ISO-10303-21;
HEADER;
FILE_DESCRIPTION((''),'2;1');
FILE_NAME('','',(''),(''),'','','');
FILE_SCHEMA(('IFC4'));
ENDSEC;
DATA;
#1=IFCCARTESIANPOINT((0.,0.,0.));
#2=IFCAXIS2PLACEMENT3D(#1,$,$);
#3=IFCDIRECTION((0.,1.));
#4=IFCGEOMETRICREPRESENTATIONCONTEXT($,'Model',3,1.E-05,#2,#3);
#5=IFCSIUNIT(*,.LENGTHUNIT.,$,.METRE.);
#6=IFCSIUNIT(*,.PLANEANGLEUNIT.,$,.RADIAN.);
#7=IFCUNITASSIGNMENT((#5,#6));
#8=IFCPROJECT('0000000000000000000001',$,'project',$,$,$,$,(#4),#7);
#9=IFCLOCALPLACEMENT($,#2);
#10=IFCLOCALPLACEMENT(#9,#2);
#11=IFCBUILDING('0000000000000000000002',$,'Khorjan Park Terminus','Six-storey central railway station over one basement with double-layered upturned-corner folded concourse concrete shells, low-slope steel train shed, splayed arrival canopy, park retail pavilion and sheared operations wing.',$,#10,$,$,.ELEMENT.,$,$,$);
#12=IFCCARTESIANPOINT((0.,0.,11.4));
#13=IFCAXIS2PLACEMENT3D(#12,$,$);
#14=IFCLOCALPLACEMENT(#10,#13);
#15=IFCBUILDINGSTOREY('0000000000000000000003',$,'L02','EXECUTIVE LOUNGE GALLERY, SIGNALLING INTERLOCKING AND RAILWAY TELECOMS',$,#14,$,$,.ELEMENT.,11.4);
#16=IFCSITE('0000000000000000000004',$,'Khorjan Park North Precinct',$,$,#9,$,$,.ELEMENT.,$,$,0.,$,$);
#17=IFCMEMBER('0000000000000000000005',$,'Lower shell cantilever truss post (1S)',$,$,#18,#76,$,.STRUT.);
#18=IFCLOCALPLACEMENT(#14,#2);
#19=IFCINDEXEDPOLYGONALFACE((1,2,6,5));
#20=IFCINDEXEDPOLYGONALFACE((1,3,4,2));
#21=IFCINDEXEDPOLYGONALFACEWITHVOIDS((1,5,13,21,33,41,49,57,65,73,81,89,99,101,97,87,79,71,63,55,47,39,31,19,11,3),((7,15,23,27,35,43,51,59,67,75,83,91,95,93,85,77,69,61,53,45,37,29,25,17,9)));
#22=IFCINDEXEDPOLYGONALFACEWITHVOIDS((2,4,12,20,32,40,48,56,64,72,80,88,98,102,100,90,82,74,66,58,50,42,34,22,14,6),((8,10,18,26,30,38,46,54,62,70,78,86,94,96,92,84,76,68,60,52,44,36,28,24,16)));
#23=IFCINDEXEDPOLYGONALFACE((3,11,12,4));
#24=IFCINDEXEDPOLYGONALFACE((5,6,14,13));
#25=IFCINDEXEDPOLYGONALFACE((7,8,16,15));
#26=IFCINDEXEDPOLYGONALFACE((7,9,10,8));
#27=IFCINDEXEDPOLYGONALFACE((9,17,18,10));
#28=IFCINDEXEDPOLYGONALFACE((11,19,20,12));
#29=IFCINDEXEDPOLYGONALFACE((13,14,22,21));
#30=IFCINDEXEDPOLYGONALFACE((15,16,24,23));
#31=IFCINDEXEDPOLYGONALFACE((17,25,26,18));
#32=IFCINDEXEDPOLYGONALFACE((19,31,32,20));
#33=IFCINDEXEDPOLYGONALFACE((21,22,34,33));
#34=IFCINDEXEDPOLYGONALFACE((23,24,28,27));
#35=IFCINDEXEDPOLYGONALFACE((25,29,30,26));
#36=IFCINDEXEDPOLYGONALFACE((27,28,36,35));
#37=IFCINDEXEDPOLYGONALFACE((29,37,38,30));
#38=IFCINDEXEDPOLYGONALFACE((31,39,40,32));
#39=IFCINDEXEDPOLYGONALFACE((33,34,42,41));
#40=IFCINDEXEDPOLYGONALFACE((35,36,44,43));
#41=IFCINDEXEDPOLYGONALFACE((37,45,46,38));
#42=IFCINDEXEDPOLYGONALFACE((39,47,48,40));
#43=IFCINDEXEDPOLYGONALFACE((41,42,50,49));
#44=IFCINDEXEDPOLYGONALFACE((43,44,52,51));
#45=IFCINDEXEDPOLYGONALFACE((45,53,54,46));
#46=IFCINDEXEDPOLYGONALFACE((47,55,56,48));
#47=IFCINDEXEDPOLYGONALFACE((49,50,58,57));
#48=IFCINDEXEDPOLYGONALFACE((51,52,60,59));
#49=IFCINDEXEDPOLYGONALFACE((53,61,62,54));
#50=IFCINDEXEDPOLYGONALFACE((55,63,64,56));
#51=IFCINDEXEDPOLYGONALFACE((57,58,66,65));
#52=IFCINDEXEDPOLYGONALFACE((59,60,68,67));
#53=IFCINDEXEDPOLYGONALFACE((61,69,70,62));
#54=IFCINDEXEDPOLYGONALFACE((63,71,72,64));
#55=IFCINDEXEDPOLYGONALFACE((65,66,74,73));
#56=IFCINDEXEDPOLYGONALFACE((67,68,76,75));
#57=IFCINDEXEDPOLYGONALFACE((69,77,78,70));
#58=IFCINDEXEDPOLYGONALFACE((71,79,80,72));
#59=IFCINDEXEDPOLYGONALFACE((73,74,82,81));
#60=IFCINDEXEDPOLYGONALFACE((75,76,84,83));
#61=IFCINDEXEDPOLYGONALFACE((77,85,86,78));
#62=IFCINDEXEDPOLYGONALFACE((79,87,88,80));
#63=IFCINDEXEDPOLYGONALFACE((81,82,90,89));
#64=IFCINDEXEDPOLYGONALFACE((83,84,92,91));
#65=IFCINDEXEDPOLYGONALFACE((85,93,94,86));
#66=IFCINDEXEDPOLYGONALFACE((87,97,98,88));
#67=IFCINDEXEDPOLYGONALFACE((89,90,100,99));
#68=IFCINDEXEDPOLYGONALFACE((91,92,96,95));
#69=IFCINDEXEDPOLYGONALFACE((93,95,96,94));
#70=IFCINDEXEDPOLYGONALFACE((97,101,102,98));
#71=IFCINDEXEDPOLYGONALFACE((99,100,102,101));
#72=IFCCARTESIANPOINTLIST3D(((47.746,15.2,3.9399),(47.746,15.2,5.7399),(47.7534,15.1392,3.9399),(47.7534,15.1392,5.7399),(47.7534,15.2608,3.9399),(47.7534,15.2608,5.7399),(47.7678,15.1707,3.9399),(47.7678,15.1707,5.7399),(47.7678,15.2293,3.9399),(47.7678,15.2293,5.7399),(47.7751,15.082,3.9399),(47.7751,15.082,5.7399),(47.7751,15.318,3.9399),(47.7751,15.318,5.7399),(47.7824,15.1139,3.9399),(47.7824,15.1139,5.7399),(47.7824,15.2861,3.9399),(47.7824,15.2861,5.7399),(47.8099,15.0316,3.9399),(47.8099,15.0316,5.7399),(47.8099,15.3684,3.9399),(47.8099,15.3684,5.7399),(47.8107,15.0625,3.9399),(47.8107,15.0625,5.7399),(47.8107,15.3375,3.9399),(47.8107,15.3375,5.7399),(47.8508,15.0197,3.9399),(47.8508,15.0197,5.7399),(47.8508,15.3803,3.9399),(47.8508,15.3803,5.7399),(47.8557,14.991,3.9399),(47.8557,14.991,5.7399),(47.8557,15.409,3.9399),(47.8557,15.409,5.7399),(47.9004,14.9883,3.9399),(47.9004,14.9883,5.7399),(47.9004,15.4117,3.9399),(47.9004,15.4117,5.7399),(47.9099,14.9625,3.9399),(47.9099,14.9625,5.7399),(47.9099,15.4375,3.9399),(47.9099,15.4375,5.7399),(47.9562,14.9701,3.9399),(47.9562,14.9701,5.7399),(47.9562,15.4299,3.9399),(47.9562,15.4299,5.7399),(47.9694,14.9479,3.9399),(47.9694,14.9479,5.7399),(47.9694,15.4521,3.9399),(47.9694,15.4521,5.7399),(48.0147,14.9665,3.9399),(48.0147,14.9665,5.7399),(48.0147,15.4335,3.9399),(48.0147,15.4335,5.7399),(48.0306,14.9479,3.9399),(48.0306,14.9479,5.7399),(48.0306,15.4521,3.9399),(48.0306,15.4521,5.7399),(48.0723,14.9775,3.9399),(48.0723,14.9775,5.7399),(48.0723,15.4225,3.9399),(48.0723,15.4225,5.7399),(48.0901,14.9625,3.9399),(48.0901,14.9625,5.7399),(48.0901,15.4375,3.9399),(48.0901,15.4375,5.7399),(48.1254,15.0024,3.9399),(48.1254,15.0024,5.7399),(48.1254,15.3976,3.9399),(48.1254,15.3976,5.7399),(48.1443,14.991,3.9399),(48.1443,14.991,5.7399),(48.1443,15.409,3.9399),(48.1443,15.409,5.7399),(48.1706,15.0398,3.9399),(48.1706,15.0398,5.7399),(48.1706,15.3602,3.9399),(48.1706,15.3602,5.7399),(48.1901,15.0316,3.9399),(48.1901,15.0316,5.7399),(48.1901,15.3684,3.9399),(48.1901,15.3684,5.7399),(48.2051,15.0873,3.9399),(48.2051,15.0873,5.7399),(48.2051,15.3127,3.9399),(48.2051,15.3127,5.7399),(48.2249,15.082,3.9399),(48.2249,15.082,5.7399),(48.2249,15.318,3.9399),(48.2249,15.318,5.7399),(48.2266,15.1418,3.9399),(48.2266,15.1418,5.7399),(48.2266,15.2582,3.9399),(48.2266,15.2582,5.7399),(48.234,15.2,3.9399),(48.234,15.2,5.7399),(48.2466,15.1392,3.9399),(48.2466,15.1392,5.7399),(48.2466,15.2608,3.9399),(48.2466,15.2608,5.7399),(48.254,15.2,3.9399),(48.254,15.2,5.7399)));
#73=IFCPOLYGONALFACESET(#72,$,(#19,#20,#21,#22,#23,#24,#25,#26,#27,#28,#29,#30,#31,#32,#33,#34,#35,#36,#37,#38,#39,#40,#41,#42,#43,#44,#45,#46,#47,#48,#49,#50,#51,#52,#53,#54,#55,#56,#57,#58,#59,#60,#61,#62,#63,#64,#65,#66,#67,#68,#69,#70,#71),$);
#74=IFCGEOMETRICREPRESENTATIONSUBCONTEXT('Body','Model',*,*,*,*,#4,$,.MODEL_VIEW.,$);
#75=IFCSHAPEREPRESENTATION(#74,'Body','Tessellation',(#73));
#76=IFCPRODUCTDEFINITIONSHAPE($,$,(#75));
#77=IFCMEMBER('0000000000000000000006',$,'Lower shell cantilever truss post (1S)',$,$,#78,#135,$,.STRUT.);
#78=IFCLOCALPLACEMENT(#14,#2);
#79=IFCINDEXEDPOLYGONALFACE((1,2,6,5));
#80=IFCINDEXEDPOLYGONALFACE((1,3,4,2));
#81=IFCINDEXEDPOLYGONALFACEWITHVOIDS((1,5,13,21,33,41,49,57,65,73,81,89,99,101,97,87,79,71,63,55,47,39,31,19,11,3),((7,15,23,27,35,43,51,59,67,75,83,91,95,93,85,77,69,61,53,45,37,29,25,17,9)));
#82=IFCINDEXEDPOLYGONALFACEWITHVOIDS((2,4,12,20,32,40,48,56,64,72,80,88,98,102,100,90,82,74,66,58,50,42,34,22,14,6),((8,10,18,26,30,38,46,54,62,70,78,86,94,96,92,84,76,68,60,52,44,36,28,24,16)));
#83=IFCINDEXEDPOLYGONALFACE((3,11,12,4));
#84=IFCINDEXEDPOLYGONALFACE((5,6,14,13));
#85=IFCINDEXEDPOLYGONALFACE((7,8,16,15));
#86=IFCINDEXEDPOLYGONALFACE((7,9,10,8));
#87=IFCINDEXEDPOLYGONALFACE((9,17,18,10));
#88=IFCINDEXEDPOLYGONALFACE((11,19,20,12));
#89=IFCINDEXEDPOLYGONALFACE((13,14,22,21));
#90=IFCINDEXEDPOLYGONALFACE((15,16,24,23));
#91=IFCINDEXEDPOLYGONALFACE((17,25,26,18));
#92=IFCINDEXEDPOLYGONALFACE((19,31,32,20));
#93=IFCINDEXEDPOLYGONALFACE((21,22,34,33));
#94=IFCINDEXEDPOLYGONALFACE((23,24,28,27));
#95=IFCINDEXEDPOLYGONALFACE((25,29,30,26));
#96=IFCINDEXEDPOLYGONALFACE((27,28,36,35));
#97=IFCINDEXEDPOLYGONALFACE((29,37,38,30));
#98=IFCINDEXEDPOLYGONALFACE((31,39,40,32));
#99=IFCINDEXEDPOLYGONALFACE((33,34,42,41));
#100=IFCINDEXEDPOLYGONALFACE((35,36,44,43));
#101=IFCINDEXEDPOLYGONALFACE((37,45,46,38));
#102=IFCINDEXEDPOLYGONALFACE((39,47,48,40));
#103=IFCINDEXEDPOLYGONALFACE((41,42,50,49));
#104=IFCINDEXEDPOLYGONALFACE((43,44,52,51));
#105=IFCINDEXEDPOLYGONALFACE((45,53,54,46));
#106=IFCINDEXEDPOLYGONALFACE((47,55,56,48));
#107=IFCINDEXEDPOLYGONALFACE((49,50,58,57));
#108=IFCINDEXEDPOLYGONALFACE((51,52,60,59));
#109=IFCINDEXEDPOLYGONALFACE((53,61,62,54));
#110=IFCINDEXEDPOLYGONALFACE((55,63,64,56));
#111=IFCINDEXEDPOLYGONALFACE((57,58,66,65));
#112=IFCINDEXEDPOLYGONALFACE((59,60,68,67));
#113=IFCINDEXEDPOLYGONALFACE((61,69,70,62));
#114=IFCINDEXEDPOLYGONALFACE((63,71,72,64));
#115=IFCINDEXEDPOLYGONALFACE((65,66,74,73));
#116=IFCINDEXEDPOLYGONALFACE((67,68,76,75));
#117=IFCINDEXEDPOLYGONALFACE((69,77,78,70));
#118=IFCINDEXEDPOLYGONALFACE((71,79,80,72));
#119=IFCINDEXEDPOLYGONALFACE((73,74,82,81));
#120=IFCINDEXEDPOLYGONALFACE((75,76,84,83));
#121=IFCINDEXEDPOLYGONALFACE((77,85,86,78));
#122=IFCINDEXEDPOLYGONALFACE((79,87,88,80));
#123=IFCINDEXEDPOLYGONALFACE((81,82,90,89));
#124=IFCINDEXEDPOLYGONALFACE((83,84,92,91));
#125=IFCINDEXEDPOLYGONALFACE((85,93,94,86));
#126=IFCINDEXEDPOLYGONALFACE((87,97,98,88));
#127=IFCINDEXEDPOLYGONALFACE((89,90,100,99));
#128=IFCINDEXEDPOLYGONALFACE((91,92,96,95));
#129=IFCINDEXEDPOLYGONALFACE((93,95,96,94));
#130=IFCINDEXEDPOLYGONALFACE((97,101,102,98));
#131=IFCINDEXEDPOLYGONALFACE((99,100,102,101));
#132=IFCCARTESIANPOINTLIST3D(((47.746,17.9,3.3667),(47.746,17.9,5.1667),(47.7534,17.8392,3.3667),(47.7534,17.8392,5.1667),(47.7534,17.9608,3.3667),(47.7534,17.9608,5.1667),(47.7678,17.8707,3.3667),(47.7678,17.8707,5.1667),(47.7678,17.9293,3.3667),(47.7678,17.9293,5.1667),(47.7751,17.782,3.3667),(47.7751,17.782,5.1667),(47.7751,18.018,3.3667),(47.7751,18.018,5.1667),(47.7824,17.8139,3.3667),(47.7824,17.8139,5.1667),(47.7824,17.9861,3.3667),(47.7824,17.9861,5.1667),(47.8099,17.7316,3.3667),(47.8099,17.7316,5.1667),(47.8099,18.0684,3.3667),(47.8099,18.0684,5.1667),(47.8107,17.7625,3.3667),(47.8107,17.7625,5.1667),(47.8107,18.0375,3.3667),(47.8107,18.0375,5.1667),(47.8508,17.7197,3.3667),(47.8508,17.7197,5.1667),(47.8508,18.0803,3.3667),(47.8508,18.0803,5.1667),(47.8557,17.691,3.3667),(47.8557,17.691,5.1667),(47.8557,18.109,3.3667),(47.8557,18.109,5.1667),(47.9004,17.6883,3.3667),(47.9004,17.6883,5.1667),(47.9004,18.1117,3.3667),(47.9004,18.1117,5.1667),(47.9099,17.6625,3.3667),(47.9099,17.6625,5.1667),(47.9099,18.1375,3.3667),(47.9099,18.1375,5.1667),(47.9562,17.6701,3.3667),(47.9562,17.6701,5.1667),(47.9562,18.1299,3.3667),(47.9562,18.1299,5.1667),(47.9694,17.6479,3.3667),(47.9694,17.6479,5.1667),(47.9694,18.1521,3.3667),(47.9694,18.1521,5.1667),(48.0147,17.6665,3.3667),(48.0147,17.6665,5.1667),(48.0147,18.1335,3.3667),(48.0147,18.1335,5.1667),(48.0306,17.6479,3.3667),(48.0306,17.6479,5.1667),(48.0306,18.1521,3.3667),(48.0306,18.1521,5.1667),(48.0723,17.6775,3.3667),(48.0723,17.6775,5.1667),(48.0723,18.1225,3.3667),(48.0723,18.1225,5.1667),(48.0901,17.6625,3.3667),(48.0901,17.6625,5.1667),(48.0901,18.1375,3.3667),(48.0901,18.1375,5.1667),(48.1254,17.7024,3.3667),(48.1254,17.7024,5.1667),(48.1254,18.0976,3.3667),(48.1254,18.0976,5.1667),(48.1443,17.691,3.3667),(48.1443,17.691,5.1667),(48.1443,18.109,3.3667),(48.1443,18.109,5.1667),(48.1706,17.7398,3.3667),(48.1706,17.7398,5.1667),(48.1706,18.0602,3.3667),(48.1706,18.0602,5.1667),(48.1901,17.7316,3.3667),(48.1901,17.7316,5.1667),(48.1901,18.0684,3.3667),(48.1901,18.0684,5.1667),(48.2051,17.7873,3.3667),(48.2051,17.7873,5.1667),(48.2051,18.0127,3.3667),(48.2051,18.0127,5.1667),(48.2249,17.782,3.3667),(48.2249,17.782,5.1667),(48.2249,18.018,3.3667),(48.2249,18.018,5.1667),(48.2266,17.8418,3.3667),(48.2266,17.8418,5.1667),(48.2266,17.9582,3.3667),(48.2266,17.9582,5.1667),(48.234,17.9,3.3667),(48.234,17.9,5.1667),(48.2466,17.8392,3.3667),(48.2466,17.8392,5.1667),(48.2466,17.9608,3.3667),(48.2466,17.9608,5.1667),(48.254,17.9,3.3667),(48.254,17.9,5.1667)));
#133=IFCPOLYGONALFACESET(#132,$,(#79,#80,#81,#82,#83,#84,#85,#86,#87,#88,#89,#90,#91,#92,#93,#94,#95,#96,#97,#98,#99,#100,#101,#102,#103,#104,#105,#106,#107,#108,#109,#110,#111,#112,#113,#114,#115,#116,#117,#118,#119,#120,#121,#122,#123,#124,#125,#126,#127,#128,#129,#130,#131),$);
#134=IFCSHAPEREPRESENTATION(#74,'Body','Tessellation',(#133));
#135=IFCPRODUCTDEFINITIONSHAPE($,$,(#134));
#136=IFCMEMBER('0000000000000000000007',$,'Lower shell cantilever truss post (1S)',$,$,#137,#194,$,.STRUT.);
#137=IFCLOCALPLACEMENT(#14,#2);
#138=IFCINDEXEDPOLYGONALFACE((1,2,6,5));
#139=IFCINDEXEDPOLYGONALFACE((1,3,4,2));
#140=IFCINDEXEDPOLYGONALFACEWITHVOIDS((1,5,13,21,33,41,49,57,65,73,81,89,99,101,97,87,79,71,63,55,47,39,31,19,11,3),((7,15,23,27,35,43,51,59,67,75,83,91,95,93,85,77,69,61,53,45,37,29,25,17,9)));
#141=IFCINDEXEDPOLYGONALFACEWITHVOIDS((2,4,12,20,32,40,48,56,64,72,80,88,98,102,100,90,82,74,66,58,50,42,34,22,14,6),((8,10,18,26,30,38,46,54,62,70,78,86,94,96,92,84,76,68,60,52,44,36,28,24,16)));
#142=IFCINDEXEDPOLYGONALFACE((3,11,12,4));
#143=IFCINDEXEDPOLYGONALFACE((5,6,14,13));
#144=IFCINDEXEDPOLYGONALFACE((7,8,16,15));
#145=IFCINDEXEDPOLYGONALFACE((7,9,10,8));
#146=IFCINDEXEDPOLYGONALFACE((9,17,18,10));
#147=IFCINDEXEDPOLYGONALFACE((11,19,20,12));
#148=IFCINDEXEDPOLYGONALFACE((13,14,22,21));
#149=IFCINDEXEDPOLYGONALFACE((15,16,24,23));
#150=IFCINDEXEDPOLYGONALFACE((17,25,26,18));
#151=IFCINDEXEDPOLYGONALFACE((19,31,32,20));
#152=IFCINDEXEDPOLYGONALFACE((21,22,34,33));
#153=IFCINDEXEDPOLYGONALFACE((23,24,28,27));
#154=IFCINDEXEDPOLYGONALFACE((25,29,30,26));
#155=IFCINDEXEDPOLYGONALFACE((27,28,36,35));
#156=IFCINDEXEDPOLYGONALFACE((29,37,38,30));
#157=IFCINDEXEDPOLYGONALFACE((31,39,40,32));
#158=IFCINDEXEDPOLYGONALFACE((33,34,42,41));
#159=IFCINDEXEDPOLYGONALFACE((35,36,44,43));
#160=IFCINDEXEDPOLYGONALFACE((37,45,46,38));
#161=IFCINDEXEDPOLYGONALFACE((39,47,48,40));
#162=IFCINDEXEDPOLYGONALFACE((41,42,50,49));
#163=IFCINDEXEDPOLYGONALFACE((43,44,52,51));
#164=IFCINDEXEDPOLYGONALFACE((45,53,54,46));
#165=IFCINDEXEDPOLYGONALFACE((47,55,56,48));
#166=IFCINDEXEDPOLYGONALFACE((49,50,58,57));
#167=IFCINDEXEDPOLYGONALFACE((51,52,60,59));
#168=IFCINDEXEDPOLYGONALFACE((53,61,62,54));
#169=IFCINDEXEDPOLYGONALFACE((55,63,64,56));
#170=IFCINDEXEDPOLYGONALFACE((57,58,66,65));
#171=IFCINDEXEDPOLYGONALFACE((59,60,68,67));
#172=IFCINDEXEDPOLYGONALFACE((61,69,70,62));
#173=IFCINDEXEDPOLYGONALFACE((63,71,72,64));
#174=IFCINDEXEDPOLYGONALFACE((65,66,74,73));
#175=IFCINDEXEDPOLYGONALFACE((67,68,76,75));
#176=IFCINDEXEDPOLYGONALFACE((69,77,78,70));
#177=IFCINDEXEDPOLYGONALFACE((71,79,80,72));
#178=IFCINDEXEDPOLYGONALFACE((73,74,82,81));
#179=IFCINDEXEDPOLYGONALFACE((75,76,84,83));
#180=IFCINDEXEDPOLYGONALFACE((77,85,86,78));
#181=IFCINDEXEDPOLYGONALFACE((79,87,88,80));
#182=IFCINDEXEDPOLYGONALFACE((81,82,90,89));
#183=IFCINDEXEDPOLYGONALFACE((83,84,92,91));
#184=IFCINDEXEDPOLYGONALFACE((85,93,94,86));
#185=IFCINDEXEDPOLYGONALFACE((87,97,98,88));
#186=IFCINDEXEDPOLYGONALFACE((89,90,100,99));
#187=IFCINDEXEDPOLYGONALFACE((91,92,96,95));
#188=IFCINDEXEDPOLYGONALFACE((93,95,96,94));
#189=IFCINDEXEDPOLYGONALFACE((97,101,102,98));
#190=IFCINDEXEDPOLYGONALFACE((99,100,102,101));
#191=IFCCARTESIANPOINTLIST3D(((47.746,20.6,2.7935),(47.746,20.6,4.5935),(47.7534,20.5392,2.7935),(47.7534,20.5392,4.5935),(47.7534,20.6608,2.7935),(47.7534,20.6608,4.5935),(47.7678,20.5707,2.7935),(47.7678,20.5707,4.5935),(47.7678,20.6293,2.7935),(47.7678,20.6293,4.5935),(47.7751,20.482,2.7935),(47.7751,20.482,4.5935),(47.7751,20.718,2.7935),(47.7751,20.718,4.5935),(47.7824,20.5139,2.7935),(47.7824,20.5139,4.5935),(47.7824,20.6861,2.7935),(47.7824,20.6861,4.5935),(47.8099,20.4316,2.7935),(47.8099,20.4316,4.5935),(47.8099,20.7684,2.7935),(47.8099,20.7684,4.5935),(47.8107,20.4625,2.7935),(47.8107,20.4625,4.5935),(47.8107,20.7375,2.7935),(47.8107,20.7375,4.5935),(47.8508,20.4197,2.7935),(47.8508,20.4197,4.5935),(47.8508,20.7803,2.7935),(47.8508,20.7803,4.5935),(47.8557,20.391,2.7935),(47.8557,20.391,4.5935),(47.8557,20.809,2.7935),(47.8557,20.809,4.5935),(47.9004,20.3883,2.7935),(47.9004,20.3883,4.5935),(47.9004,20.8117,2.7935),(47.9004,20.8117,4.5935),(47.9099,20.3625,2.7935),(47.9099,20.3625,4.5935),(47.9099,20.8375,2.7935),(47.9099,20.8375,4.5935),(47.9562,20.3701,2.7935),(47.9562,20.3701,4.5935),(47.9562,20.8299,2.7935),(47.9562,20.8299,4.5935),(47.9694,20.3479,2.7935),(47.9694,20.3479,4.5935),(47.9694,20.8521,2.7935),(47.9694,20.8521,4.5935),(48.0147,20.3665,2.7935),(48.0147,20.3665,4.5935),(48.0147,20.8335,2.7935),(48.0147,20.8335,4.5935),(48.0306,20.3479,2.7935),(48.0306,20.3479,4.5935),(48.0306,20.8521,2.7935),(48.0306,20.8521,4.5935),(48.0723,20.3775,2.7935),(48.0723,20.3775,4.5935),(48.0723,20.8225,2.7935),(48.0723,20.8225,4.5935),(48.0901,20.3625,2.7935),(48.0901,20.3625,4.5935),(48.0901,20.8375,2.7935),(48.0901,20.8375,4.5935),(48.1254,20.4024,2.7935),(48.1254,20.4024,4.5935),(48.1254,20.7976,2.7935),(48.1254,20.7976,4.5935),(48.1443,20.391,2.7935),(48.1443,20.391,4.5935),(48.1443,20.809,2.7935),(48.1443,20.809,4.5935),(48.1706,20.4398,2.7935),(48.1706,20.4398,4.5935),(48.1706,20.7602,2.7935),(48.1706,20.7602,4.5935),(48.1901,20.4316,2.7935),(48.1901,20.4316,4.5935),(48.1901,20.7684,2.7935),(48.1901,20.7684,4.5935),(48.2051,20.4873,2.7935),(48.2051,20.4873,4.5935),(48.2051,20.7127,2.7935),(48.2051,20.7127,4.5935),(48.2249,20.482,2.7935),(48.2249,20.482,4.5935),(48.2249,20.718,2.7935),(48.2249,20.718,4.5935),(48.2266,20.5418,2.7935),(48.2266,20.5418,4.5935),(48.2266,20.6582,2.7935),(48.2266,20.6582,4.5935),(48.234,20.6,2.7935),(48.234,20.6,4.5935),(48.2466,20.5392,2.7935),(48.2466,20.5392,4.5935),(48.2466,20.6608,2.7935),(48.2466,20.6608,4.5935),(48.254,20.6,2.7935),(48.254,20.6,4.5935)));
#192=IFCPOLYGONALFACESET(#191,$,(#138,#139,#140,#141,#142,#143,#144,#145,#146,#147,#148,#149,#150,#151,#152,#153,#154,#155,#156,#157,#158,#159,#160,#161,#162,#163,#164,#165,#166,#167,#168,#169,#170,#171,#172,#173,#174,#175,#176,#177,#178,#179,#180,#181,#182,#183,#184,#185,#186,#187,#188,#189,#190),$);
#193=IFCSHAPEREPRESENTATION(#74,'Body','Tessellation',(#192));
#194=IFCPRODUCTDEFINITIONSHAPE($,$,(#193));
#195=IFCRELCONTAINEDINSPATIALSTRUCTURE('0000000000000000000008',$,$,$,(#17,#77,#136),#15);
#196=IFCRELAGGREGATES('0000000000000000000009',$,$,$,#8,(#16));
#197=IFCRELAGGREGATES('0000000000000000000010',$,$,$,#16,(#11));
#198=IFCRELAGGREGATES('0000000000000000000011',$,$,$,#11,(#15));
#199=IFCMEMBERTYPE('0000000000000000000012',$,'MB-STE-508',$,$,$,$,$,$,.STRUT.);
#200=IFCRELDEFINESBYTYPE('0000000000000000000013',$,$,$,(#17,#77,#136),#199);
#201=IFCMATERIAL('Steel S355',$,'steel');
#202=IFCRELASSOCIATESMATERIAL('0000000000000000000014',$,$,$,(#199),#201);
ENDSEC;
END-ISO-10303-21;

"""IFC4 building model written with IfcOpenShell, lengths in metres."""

from ifc_helpers import new_model, si_unit, direction, frame, origin, origin_2d, place, context, subcontext, project, spatial, hollow_circle, extrude, material, material_profile, profile_set, type_object, element, save


model = new_model("IFC4")

# Units and contexts
model_context = context("Model", 3, precision=1e-05, world=origin(), true_north=direction((0.0, 1.0)))
body_context = subcontext(model_context, "Body", "Model", "MODEL_VIEW")
ifc_project = project(units=[si_unit("LENGTHUNIT", "METRE"), si_unit("PLANEANGLEUNIT", "RADIAN")], contexts=[model_context])

# Site, building, storey
site_placement = place(None, origin())
site = spatial("IfcSite", under=ifc_project, at=site_placement, Name="Khorjan Park North Precinct", CompositionType="ELEMENT", RefElevation=0.0)
building_placement = place(site_placement, origin())
building = spatial("IfcBuilding", under=site, at=building_placement, Name="Khorjan Park Terminus", Description="Six-storey central railway station over one basement with double-layered upturned-corner folded concourse concrete shells, low-slope steel train shed, splayed arrival canopy, park retail pavilion and sheared operations wing.", CompositionType="ELEMENT")
storey_placement = place(building_placement, frame((0.0, 0.0, 11.4)))
storey = spatial("IfcBuildingStorey", under=building, at=storey_placement, Name="L02", Description="EXECUTIVE LOUNGE GALLERY, SIGNALLING INTERLOCKING AND RAILWAY TELECOMS", CompositionType="ELEMENT", Elevation=11.4)

# Members
ifc_material_1 = material(Name="Steel S355", Category="steel")
ifc_material_profile_1 = material_profile(ifc_material_1, hollow_circle(Radius=0.254, WallThickness=0.02, at=origin_2d()), Name="CHS 508x20")
ifc_profile_set_1 = profile_set([ifc_material_profile_1], Name="Steel S355")
member_type_1 = type_object("IfcMemberType", Name="MB-STE-508", PredefinedType="STRUT", material=ifc_profile_set_1)
for number, where, z_axis, x_axis, name in (
    (1, (48.0, 15.2, 3.9399), (0.0, 0.0, 1.0), (1.0, 0.0, 0.0), "Lower shell cantilever truss post (1S)"),
    (2, (48.0, 17.9, 3.3667), (0.0, 0.0, 1.0), (1.0, 0.0, 0.0), "Lower shell cantilever truss post (1S)"),
    (3, (48.0, 20.6, 2.7935), (0.0, 0.0, 1.0), (1.0, 0.0, 0.0), "Lower shell cantilever truss post (1S)"),
):
    element("IfcMember", number, at=place(storey_placement, frame(where, z_axis=z_axis, x_axis=x_axis)), inside=storey, type_object=member_type_1, Name=name, PredefinedType="STRUT", context=body_context, shape_type="SweptSolid", body=[
        extrude(hollow_circle(Radius=0.254, WallThickness=0.02, at=origin_2d()), origin(), (0.0, 0.0, 1.0), 1.8),
    ])

save(model, "model.ifc")
